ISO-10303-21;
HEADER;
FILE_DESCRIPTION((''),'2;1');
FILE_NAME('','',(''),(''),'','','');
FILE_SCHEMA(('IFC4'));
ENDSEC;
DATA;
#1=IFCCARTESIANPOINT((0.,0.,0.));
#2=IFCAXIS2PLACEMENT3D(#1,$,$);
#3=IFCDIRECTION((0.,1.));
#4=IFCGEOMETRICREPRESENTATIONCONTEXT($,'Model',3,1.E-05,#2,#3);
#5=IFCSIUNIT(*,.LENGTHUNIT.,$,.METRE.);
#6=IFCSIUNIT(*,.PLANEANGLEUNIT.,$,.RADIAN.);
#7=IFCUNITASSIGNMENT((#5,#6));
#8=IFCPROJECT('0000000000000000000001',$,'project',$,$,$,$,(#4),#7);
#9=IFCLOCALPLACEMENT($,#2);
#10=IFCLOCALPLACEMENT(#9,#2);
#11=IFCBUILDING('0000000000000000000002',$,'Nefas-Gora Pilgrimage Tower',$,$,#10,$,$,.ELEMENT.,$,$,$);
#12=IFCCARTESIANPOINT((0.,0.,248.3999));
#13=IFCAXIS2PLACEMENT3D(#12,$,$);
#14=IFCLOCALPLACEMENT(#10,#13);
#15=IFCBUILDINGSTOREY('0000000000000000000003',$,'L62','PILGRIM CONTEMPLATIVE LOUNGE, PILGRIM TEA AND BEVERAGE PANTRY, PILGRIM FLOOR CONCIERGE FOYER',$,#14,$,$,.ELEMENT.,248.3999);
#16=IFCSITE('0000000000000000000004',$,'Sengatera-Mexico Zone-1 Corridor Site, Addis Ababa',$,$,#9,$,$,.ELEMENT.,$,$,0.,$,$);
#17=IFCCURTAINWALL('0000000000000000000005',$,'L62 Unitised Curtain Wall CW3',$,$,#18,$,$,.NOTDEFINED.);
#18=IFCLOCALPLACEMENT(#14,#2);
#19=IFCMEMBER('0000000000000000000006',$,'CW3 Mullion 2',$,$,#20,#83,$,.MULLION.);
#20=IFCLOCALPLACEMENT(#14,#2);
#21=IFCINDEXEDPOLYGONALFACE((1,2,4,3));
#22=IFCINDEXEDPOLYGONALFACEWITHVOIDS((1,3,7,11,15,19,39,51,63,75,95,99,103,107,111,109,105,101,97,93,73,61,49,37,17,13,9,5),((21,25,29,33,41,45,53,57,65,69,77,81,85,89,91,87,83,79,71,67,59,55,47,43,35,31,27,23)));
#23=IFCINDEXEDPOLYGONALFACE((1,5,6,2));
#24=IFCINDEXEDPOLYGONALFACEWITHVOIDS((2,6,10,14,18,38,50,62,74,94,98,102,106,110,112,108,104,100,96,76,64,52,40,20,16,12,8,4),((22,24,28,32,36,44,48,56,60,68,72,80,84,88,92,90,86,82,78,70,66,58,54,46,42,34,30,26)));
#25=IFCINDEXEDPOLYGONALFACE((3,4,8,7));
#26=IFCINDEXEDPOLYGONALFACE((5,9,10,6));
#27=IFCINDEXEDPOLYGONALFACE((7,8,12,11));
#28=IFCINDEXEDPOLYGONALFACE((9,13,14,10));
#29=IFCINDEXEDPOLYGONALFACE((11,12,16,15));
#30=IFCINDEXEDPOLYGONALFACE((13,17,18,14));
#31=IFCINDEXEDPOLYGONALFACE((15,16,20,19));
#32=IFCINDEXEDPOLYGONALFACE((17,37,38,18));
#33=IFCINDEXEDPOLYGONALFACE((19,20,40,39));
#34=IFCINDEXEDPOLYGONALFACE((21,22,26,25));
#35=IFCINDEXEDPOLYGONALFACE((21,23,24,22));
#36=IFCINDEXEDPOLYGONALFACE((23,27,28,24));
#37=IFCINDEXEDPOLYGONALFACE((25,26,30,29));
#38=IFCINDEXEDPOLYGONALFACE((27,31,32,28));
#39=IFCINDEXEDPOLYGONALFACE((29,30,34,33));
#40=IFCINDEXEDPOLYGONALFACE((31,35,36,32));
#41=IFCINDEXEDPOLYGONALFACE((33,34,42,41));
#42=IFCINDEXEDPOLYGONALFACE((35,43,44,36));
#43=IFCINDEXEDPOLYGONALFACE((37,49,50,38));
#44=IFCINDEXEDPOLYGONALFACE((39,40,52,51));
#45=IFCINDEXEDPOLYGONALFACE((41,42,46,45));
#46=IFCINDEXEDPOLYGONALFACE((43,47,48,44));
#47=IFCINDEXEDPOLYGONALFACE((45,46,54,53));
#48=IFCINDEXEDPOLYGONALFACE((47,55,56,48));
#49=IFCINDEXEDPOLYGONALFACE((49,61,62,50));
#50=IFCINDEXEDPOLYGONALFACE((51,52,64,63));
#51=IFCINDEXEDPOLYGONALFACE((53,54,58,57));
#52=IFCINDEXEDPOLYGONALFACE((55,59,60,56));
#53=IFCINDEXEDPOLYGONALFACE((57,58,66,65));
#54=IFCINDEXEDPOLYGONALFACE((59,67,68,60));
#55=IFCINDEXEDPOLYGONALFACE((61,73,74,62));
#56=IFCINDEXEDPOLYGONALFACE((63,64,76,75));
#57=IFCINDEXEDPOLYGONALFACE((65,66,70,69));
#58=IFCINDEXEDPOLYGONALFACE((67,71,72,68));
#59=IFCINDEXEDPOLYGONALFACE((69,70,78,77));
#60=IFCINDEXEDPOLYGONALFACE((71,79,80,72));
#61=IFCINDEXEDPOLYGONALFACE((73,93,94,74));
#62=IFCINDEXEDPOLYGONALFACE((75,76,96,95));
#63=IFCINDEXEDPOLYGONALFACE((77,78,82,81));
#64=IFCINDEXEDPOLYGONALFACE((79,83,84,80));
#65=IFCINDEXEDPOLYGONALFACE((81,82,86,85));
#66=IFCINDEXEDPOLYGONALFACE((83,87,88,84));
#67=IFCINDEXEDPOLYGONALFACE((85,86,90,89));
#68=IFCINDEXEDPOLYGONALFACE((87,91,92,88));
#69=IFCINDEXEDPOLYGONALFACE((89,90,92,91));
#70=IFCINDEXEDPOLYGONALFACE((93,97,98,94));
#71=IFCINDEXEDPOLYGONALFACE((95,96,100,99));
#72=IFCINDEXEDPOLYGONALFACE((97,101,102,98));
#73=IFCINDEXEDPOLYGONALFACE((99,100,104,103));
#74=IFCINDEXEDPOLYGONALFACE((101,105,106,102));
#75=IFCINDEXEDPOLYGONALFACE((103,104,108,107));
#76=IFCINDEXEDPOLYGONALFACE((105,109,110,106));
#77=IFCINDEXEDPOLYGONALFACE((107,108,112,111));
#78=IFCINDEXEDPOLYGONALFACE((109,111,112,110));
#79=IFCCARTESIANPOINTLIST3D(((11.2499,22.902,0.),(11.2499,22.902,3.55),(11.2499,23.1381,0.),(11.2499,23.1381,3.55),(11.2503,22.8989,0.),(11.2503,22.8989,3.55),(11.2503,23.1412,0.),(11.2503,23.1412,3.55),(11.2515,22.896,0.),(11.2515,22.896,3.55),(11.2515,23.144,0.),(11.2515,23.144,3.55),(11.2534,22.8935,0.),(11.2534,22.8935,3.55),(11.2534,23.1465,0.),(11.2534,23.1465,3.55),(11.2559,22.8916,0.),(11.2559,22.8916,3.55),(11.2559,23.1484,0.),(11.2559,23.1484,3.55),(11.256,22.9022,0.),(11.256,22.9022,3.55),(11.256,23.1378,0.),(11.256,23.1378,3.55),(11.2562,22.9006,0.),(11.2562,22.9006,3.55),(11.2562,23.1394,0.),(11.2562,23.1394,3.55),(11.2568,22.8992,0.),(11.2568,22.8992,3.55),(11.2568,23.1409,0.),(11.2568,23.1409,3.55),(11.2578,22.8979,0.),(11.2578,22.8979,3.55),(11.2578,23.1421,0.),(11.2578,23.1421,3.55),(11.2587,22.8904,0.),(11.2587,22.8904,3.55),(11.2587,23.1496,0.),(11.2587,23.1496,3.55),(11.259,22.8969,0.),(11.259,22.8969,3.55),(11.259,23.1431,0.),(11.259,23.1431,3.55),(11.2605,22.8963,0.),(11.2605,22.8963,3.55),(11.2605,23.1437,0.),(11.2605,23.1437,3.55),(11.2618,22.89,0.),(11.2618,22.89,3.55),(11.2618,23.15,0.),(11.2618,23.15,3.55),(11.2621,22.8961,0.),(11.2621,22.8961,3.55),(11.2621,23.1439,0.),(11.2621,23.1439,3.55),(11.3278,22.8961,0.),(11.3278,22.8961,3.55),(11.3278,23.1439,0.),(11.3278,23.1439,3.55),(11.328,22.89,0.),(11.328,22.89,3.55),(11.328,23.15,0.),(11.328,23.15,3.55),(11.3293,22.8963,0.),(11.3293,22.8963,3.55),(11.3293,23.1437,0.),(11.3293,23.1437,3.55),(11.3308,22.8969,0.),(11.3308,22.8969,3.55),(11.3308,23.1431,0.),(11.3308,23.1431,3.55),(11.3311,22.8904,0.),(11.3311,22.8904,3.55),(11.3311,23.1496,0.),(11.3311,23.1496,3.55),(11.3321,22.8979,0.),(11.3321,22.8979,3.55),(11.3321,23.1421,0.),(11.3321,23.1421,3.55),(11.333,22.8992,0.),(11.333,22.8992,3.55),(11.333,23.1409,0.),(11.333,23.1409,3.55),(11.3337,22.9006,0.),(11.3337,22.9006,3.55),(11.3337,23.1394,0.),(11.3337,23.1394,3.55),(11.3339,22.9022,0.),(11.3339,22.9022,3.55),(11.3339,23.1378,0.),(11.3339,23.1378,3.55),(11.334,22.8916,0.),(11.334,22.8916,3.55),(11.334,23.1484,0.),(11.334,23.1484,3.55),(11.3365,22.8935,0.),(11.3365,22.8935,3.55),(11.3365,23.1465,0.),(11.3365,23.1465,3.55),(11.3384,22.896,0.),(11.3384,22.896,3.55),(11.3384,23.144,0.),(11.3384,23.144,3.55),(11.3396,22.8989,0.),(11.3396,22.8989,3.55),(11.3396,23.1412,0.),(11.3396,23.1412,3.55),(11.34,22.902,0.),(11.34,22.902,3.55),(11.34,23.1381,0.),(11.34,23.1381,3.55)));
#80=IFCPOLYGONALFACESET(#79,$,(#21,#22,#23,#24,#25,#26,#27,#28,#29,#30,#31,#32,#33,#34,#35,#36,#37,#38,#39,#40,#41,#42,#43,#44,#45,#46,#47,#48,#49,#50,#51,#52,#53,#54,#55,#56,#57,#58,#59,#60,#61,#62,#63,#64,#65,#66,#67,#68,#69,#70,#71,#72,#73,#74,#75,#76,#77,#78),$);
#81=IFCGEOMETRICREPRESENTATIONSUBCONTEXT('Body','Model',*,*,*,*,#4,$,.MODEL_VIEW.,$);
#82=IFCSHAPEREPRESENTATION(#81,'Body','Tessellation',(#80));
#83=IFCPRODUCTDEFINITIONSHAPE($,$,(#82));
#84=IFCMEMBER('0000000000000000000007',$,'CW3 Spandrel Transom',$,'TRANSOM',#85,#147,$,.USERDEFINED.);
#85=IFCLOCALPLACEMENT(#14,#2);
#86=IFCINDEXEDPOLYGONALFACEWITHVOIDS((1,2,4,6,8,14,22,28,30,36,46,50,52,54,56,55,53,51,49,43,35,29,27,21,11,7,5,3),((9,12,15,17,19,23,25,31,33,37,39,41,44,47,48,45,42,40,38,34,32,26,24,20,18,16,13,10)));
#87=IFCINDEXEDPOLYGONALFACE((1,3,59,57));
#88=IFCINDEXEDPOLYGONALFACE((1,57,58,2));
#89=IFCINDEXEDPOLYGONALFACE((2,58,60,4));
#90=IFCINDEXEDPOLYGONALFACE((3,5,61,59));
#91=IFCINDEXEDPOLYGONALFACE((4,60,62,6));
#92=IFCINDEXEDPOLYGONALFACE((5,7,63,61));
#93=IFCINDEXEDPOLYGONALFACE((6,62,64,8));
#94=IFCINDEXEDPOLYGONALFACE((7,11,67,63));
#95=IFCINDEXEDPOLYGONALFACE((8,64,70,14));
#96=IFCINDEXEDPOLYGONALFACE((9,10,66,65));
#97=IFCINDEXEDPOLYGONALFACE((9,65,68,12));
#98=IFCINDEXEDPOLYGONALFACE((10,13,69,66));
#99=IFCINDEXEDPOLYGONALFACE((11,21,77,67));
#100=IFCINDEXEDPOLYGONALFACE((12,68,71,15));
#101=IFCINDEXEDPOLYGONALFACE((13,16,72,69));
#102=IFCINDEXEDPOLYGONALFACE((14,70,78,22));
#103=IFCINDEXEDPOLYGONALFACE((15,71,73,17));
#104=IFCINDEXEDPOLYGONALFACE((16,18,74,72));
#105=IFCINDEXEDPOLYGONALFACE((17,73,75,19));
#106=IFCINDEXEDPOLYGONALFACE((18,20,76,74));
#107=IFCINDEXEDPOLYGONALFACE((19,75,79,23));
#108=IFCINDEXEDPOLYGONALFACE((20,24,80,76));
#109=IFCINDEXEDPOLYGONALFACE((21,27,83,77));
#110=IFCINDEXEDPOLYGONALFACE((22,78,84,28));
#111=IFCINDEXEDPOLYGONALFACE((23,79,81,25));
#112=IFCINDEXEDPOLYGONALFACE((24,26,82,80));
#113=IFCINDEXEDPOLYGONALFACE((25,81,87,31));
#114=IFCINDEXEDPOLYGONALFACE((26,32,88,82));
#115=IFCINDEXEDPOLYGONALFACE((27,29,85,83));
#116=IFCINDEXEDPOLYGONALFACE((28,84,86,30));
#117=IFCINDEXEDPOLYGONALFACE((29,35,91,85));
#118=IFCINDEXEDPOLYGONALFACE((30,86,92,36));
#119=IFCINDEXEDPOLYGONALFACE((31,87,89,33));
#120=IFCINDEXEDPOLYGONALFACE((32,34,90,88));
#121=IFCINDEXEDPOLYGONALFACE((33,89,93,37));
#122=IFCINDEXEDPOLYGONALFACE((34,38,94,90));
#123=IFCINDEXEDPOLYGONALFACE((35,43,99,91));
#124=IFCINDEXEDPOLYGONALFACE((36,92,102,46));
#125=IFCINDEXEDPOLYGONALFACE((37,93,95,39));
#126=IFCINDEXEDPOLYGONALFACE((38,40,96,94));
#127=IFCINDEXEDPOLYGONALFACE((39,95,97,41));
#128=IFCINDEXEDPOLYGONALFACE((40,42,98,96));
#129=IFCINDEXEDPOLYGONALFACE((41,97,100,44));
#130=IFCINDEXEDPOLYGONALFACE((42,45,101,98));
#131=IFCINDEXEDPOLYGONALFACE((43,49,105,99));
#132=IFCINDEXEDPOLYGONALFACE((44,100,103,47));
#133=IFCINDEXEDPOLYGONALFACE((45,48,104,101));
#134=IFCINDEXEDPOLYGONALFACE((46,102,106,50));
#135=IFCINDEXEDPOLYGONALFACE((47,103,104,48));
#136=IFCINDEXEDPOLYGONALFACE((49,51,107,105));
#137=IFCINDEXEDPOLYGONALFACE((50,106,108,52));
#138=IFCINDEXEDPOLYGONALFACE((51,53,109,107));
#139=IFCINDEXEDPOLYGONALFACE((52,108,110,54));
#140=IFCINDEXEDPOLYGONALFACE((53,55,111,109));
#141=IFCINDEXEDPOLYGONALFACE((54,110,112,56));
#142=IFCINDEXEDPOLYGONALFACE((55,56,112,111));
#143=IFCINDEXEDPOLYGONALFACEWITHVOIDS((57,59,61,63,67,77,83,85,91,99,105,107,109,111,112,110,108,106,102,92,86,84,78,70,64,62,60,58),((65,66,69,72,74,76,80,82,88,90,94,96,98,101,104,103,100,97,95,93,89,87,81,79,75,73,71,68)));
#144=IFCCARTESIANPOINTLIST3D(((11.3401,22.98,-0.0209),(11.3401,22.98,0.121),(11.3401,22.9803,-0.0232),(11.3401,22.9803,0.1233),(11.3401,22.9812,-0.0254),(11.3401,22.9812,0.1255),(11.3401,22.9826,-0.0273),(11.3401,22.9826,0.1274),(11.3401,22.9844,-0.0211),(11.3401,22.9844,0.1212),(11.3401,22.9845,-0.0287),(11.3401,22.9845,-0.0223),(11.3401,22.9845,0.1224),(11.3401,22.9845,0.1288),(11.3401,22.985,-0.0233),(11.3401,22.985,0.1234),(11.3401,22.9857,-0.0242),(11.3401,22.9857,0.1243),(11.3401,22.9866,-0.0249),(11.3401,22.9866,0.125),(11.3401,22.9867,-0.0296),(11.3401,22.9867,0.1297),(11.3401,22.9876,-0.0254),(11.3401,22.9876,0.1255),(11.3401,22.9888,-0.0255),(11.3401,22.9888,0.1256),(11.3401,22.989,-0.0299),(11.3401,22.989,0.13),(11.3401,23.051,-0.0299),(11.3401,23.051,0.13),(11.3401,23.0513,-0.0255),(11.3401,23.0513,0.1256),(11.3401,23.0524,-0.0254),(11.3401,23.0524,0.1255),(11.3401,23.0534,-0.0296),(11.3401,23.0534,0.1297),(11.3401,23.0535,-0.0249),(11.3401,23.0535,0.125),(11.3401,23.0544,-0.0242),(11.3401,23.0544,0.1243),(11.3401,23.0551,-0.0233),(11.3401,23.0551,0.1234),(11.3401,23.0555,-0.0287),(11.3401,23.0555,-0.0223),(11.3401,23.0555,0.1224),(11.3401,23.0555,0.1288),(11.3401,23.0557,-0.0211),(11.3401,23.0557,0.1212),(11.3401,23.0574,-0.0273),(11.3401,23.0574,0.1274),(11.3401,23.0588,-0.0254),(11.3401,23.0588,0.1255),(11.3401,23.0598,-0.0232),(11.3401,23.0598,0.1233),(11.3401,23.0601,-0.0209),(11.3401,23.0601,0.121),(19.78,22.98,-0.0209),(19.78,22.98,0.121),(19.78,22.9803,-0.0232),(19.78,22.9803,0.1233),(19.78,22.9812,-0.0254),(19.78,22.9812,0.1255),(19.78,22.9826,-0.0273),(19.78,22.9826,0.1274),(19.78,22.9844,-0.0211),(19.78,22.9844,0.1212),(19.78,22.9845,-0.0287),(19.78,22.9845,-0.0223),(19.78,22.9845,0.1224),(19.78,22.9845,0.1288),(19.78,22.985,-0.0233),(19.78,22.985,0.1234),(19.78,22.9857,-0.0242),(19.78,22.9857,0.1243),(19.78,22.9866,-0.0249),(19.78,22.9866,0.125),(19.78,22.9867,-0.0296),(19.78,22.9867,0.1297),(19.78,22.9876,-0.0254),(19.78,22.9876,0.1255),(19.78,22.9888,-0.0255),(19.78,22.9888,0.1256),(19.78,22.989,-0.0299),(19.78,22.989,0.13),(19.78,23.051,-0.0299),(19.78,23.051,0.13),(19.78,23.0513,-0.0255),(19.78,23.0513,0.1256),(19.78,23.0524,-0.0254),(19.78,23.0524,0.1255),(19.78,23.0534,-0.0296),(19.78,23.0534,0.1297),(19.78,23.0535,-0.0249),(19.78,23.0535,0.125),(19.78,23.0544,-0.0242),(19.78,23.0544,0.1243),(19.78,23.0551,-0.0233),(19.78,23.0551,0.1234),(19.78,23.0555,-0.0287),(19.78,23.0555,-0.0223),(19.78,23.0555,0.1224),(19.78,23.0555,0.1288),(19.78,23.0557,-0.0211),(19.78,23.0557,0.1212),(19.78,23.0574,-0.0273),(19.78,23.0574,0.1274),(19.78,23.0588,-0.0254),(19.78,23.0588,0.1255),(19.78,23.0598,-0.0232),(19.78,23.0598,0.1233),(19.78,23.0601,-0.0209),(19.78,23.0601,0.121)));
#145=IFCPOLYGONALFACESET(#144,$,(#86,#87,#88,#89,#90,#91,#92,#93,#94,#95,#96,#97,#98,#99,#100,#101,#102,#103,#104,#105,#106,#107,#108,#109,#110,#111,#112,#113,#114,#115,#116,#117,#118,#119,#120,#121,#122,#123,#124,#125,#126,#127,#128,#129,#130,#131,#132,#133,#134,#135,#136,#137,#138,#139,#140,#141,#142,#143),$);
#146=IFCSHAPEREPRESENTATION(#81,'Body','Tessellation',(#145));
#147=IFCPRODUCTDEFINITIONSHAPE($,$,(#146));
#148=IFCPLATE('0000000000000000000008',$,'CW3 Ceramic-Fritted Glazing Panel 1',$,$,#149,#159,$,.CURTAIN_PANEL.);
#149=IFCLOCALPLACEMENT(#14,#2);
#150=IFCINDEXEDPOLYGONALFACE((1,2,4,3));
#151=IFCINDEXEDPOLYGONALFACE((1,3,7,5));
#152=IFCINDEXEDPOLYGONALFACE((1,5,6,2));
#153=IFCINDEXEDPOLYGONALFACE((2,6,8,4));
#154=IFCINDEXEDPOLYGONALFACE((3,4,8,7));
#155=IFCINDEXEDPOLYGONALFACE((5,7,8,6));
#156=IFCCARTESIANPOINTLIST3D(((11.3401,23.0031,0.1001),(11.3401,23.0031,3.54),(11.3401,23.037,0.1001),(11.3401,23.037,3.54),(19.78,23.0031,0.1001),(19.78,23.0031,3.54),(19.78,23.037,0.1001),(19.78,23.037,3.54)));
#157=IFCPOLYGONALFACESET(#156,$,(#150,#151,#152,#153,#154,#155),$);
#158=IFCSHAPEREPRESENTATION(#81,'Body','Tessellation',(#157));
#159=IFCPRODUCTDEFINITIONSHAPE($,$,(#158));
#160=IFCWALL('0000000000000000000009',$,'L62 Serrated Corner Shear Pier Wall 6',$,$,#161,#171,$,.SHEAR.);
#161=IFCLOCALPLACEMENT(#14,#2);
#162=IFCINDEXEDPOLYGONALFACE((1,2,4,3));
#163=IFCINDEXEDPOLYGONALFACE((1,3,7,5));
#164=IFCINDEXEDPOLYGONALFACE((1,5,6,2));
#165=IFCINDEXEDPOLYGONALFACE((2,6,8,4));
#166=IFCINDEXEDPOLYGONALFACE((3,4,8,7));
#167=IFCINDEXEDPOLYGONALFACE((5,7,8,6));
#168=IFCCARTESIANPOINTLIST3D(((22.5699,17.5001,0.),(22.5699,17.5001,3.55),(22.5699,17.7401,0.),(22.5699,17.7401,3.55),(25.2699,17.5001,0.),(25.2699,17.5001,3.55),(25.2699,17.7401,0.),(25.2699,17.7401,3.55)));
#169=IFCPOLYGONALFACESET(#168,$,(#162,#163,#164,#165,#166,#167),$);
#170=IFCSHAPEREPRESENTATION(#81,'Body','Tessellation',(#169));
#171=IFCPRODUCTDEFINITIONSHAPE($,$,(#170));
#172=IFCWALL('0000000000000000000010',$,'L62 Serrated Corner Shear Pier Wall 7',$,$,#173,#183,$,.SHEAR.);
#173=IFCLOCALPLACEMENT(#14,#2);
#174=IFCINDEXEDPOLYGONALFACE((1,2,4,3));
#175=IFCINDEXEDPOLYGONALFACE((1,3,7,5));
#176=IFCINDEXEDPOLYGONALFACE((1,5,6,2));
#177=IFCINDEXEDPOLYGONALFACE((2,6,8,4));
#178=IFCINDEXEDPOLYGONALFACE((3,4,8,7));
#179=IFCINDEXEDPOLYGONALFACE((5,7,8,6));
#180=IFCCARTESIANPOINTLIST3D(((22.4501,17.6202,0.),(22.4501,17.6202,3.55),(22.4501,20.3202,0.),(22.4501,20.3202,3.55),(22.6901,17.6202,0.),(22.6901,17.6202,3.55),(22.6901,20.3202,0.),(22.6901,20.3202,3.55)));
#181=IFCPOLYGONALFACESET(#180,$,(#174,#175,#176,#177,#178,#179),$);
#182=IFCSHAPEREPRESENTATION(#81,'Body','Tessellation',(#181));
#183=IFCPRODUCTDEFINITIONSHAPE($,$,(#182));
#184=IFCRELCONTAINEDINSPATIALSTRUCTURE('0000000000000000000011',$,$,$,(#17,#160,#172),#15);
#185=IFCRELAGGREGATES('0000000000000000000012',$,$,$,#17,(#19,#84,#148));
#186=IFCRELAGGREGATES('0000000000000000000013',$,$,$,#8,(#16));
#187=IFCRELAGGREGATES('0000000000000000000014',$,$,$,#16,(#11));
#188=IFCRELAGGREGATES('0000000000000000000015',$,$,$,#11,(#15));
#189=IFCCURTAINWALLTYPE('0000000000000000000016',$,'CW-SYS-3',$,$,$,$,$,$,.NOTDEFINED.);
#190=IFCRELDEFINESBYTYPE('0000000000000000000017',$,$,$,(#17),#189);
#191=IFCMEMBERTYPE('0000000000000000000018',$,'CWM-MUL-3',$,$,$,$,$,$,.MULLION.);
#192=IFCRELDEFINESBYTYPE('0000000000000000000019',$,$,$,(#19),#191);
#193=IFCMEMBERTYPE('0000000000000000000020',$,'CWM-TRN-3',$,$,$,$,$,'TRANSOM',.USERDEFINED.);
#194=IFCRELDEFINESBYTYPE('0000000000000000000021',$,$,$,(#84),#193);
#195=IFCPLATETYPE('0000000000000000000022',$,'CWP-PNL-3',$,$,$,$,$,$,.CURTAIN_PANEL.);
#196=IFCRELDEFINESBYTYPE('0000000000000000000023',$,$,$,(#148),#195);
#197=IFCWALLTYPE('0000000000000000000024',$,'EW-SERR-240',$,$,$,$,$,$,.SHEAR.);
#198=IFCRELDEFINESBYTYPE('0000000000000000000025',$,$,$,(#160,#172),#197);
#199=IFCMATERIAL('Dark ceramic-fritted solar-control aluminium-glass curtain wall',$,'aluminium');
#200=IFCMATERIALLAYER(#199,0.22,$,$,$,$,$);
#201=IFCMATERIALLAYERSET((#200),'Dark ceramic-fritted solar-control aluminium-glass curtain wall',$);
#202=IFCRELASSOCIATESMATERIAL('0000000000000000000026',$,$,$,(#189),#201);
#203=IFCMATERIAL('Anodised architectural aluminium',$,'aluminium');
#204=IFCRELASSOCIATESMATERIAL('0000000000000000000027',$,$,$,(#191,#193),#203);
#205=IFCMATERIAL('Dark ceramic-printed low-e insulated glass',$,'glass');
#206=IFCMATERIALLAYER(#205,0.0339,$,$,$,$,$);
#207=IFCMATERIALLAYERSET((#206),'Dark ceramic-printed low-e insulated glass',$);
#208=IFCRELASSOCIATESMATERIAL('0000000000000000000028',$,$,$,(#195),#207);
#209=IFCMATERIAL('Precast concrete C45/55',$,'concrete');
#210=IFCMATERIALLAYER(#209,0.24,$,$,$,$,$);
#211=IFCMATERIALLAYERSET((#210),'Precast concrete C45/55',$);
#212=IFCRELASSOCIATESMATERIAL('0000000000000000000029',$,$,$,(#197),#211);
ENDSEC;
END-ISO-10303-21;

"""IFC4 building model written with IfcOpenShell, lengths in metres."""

from ifc_helpers import new_model, si_unit, direction, frame, frame_2d, origin, origin_2d, place, context, subcontext, project, spatial, rectangle, hollow_rectangle, extrude, source, transform, mapped, material, layer, layer_set, material_profile, profile_set, type_object, element, aggregate, save


model = new_model("IFC4")

# Units and contexts
model_context = context("Model", 3, precision=1e-05, world=origin(), true_north=direction((0.0, 1.0)))
body_context = subcontext(model_context, "Body", "Model", "MODEL_VIEW")
ifc_project = project(units=[si_unit("LENGTHUNIT", "METRE"), si_unit("PLANEANGLEUNIT", "RADIAN")], contexts=[model_context])

# Site, building, storey
site_placement = place(None, origin())
site = spatial("IfcSite", under=ifc_project, at=site_placement, Name="Sengatera-Mexico Zone-1 Corridor Site, Addis Ababa", CompositionType="ELEMENT", RefElevation=0.0)
building_placement = place(site_placement, origin())
building = spatial("IfcBuilding", under=site, at=building_placement, Name="Nefas-Gora Pilgrimage Tower", CompositionType="ELEMENT")
storey_placement = place(building_placement, frame((0.0, 0.0, 248.3999)))
storey = spatial("IfcBuildingStorey", under=building, at=storey_placement, Name="L62", Description="PILGRIM CONTEMPLATIVE LOUNGE, PILGRIM TEA AND BEVERAGE PANTRY, PILGRIM FLOOR CONCIERGE FOYER", CompositionType="ELEMENT", Elevation=248.3999)

# Shared definitions
ifc_material_1 = material(Name="Dark ceramic-fritted solar-control aluminium-glass curtain wall", Category="aluminium")
ifc_layer_1 = layer(ifc_material_1, 0.22)
ifc_layer_set_1 = layer_set([ifc_layer_1], Name="Dark ceramic-fritted solar-control aluminium-glass curtain wall")
curtain_wall_type = type_object("IfcCurtainWallType", Name="CW-SYS-3", PredefinedType="NOTDEFINED", material=ifc_layer_set_1)
ifc_material_2 = material(Name="Anodised architectural aluminium", Category="aluminium")
ifc_material_profile_1 = material_profile(ifc_material_2, hollow_rectangle(XDim=0.0901, YDim=0.26, WallThickness=0.0061, InnerFilletRadius=0.0061, OuterFilletRadius=0.012, at=origin_2d()), Name="ALU MULLION 90x260")
ifc_profile_set_1 = profile_set([ifc_material_profile_1], Name="Anodised architectural aluminium")
member_type_1 = type_object("IfcMemberType", Name="CWM-MUL-3", PredefinedType="MULLION", material=ifc_profile_set_1)
shared_shape_1 = source(origin(), body_context, "Body", "SweptSolid", [
    extrude(hollow_rectangle(XDim=0.0901, YDim=0.26, WallThickness=0.0061, InnerFilletRadius=0.0061, OuterFilletRadius=0.012, at=origin_2d()), origin(), (0.0, 0.0, 1.0), 3.55),
])

# Curtain wall, members, plate
curtain_wall_1_placement = place(storey_placement, origin())
curtain_wall_1 = element("IfcCurtainWall", 1, at=curtain_wall_1_placement, inside=storey, type_object=curtain_wall_type, Name="L62 Unitised Curtain Wall CW3", PredefinedType="NOTDEFINED")
member_1_placement = place(storey_placement, frame((11.2949, 23.02, 0.0), z_axis=(0.0, 0.0, 1.0), x_axis=(-1.0, 0.0, 0.0)))
member_1 = element("IfcMember", 2, at=member_1_placement, type_object=member_type_1, Name="CW3 Mullion 2", PredefinedType="MULLION", context=body_context, shape_type="MappedRepresentation", body=[
    mapped(shared_shape_1, transform((0.0, 0.0, 0.0), x_axis=(1.0, 0.0, 0.0), y_axis=(0.0, 1.0, 0.0), z_axis=(0.0, 0.0, 1.0), scale=1.0)),
])
ifc_material_profile_2 = material_profile(ifc_material_2, hollow_rectangle(XDim=0.0801, YDim=0.1599, WallThickness=0.0044, InnerFilletRadius=0.0044, OuterFilletRadius=0.009, at=origin_2d()), Name="ALU TRANSOM 80x160")
ifc_profile_set_2 = profile_set([ifc_material_profile_2], Name="Anodised architectural aluminium")
member_type_2 = type_object("IfcMemberType", Name="CWM-TRN-3", ElementType="TRANSOM", PredefinedType="USERDEFINED", material=ifc_profile_set_2)
shared_shape_2 = source(origin(), body_context, "Body", "SweptSolid", [
    extrude(hollow_rectangle(XDim=0.0801, YDim=0.1599, WallThickness=0.0044, InnerFilletRadius=0.0044, OuterFilletRadius=0.009, at=origin_2d()), origin(), (0.0, 0.0, 1.0), 8.4399),
])
member_2_placement = place(storey_placement, frame((19.78, 23.02, 0.05), z_axis=(-1.0, 0.0, 0.0), x_axis=(0.0, -1.0, 0.0)))
member_2 = element("IfcMember", 3, at=member_2_placement, type_object=member_type_2, Name="CW3 Spandrel Transom", ObjectType="TRANSOM", PredefinedType="USERDEFINED", context=body_context, shape_type="MappedRepresentation", body=[
    mapped(shared_shape_2, transform((0.0, 0.0, 0.0), x_axis=(1.0, 0.0, 0.0), y_axis=(0.0, 1.0, 0.0), z_axis=(0.0, 0.0, 1.0), scale=1.0)),
])
ifc_material_3 = material(Name="Dark ceramic-printed low-e insulated glass", Category="glass")
ifc_layer_2 = layer(ifc_material_3, 0.0339)
ifc_layer_set_2 = layer_set([ifc_layer_2], Name="Dark ceramic-printed low-e insulated glass")
plate_type = type_object("IfcPlateType", Name="CWP-PNL-3", PredefinedType="CURTAIN_PANEL", material=ifc_layer_set_2)
shared_shape_3 = source(origin(), body_context, "Body", "SweptSolid", [
    extrude(rectangle(XDim=8.4399, YDim=0.0339, at=origin_2d()), origin(), (0.0, 0.0, 1.0), 3.4399),
])
plate_placement = place(storey_placement, frame((15.5601, 23.02, 0.1001), z_axis=(0.0, 0.0, 1.0), x_axis=(-1.0, 0.0, 0.0)))
plate = element("IfcPlate", 4, at=plate_placement, type_object=plate_type, Name="CW3 Ceramic-Fritted Glazing Panel 1", PredefinedType="CURTAIN_PANEL", context=body_context, shape_type="MappedRepresentation", body=[
    mapped(shared_shape_3, transform((0.0, 0.0, 0.0), x_axis=(1.0, 0.0, 0.0), y_axis=(0.0, 1.0, 0.0), z_axis=(0.0, 0.0, 1.0), scale=1.0)),
])
aggregate(curtain_wall_1, [member_1, member_2, plate])

# Walls
ifc_material_4 = material(Name="Precast concrete C45/55", Category="concrete")
ifc_layer_3 = layer(ifc_material_4, 0.24)
ifc_layer_set_3 = layer_set([ifc_layer_3], Name="Precast concrete C45/55")
wall_type_1 = type_object("IfcWallType", Name="EW-SERR-240", PredefinedType="SHEAR", material=ifc_layer_set_3)
shared_shape_4 = source(origin(), body_context, "Body", "SweptSolid", [
    extrude(rectangle(XDim=2.7, YDim=0.24, at=frame_2d((1.3501, 0.0))), origin(), (0.0, 0.0, 1.0), 3.55),
])
for number, where, z_axis, x_axis, name in (
    (5, (25.27, 17.6201, 0.0), (0.0, 0.0, 1.0), (-1.0, 0.0, 0.0), "L62 Serrated Corner Shear Pier Wall 6"),
    (6, (22.5701, 17.6201, 0.0), (0.0, 0.0, 1.0), (0.0, 1.0, 0.0), "L62 Serrated Corner Shear Pier Wall 7"),
):
    element("IfcWall", number, at=place(storey_placement, frame(where, z_axis=z_axis, x_axis=x_axis)), inside=storey, type_object=wall_type_1, Name=name, PredefinedType="SHEAR", context=body_context, shape_type="MappedRepresentation", body=[
        mapped(shared_shape_4, transform((0.0, 0.0, 0.0), x_axis=(1.0, 0.0, 0.0), y_axis=(0.0, 1.0, 0.0), z_axis=(0.0, 0.0, 1.0), scale=1.0)),
    ])

save(model, "model.ifc")
